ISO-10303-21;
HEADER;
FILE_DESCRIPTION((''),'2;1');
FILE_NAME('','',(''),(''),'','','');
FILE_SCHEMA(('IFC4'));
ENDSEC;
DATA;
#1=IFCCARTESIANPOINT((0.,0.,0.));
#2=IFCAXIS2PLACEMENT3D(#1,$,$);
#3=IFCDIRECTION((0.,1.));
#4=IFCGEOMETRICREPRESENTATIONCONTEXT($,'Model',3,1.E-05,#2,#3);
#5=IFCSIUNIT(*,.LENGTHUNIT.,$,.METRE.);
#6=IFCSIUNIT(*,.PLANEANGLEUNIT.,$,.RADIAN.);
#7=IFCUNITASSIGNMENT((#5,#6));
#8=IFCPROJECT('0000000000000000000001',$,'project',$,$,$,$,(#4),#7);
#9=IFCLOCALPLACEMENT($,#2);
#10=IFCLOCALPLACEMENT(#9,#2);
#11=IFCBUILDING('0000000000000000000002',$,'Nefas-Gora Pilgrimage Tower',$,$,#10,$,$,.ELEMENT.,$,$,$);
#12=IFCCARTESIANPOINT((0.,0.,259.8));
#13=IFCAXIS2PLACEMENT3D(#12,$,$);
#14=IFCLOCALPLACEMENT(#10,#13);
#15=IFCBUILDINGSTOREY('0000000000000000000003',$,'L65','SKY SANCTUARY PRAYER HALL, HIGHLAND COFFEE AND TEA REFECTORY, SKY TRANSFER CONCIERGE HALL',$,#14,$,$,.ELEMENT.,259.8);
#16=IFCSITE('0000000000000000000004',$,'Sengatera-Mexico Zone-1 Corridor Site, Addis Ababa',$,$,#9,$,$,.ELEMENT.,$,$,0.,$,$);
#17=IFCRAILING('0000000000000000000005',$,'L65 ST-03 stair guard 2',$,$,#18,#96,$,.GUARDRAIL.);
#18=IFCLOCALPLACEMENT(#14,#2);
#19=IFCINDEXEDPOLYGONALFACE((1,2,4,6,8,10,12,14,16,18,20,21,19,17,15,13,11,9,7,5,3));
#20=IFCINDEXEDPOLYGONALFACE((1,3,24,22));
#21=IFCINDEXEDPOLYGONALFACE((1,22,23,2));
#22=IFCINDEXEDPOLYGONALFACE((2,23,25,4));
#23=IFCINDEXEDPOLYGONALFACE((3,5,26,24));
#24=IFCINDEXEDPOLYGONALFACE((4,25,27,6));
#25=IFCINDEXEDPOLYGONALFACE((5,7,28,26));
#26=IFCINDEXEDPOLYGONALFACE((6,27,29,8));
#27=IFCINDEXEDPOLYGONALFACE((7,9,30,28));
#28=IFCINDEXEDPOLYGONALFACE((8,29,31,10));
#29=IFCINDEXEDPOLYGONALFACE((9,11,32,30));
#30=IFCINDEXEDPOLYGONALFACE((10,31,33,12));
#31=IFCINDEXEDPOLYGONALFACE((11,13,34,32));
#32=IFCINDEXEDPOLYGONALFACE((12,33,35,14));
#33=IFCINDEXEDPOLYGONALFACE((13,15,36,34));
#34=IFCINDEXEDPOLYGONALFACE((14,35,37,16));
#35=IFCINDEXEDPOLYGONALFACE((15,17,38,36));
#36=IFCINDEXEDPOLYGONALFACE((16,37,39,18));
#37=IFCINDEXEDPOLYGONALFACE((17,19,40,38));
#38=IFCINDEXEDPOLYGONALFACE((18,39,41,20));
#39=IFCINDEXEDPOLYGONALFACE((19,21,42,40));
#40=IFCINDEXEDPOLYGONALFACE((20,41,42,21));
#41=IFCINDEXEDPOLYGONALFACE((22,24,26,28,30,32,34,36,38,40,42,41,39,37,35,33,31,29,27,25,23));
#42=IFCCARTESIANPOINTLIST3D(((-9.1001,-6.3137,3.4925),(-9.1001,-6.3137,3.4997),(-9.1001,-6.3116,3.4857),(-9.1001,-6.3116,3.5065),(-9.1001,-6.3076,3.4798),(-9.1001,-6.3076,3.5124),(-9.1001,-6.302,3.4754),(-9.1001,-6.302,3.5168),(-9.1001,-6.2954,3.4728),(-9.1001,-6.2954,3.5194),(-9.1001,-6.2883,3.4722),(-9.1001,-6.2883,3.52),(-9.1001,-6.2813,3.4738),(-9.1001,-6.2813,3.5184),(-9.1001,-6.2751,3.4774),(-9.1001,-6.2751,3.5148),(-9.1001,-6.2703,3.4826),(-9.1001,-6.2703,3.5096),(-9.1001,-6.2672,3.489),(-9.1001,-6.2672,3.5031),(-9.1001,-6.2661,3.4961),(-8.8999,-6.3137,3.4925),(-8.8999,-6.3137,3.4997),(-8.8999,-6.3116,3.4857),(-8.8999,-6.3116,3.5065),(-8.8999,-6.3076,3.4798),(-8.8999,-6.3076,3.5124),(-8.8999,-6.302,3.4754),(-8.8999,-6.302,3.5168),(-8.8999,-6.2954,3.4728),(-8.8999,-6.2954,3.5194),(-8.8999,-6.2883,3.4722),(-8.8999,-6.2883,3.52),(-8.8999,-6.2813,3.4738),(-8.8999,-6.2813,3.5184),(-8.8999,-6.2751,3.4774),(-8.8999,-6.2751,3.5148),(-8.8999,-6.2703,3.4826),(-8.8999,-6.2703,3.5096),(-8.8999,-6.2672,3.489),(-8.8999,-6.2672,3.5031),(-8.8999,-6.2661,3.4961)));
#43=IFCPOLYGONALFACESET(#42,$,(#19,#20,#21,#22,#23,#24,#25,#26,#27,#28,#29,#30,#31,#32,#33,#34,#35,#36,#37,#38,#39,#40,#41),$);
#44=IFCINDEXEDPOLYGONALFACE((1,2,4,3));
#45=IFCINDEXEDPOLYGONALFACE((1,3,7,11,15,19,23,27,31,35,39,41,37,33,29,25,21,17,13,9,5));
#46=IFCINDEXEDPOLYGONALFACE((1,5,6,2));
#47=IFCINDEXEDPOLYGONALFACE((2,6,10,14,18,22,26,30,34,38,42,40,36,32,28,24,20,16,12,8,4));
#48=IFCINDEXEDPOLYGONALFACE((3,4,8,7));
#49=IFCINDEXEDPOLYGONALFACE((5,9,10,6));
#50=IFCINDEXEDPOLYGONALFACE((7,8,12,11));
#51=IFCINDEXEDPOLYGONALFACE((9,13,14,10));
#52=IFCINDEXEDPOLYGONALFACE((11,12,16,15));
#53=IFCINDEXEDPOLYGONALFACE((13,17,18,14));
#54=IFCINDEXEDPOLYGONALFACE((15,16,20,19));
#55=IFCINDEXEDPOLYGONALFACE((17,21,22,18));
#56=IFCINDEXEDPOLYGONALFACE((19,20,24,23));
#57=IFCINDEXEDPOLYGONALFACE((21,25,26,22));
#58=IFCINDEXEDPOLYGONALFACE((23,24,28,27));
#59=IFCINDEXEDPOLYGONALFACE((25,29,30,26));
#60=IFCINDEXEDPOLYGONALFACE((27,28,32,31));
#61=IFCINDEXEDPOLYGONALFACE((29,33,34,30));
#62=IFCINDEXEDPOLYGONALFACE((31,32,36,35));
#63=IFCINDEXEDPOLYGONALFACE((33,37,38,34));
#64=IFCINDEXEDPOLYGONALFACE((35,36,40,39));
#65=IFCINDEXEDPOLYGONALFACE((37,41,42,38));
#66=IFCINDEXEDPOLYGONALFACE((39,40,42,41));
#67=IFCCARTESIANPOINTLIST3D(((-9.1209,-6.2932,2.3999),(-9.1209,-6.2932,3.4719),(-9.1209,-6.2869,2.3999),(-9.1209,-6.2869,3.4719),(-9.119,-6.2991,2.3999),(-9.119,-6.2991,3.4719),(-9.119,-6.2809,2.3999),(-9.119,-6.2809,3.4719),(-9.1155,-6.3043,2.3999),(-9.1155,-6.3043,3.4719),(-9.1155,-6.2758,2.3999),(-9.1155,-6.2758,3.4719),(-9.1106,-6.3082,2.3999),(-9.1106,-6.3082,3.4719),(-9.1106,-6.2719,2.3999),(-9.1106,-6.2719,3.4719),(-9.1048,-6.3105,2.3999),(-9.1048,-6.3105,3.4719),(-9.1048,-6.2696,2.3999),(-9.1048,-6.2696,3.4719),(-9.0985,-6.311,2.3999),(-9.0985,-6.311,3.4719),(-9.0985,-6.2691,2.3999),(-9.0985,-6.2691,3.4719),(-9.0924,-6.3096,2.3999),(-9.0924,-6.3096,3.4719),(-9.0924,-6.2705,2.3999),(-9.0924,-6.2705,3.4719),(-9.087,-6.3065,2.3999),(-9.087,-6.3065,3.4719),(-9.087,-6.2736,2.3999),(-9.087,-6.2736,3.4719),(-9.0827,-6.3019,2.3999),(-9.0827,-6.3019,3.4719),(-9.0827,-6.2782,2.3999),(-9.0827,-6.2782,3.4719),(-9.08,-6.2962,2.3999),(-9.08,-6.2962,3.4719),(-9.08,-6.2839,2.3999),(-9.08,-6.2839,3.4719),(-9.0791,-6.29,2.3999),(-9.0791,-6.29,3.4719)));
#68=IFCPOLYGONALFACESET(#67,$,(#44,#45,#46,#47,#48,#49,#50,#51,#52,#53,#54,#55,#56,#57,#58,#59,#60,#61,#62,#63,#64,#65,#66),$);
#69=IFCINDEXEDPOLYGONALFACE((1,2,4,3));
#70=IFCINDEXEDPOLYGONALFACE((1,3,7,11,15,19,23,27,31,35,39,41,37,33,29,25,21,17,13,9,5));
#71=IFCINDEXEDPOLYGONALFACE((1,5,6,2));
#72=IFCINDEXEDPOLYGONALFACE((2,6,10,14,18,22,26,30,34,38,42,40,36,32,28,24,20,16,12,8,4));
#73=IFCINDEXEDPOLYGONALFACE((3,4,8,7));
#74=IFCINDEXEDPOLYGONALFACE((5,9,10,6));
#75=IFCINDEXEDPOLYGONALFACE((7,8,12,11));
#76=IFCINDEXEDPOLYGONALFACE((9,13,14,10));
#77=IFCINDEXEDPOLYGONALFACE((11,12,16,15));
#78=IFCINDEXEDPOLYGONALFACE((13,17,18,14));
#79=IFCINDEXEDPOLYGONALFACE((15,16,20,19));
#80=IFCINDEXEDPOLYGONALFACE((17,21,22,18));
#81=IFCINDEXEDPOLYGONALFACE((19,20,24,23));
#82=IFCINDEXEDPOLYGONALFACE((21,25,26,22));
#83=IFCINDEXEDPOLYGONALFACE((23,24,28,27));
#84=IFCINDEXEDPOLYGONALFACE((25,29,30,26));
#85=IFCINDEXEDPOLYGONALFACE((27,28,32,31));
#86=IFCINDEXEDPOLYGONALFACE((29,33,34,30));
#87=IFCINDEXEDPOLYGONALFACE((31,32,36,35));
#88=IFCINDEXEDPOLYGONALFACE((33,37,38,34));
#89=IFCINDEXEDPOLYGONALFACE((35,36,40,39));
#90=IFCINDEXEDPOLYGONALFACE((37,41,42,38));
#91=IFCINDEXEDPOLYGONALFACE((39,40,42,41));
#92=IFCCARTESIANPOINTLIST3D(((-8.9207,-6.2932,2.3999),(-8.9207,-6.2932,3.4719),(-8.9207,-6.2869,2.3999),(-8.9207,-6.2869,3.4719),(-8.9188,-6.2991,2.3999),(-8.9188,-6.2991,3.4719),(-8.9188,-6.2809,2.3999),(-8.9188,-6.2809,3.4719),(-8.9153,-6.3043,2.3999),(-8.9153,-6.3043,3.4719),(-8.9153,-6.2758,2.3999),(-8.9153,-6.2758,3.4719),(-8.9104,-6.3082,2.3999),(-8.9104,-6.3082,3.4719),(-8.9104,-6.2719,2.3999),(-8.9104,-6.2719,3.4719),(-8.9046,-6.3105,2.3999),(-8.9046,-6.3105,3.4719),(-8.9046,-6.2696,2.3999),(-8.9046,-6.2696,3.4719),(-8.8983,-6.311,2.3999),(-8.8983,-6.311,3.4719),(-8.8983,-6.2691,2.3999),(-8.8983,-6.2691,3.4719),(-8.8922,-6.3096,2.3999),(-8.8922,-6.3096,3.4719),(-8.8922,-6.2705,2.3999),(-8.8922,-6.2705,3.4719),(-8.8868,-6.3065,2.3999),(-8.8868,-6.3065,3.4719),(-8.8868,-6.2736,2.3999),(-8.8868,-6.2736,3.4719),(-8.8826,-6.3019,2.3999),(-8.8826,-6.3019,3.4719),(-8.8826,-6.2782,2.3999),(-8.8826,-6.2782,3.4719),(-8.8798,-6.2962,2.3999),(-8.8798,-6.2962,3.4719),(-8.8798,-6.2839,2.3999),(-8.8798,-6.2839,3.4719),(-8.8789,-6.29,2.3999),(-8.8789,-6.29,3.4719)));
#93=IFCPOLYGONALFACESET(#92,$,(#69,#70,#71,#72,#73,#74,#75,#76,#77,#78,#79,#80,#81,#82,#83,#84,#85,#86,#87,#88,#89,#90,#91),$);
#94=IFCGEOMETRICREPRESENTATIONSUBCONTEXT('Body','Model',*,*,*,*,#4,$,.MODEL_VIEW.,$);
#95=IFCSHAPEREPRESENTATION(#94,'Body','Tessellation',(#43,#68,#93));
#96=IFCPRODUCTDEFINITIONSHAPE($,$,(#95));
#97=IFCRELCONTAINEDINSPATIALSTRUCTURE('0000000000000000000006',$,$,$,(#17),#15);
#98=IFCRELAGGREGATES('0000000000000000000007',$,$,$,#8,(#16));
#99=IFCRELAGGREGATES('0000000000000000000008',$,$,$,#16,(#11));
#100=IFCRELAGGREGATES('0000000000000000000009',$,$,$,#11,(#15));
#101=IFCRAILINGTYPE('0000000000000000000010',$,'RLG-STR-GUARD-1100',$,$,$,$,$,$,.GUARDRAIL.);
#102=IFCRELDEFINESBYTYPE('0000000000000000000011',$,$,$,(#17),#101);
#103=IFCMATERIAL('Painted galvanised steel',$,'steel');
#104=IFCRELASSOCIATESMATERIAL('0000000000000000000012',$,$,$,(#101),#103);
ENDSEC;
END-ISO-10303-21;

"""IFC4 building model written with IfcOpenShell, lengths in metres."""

from ifc_helpers import new_model, si_unit, direction, frame, origin, origin_2d, place, context, subcontext, project, spatial, circle, extrude, material, type_object, element, save


model = new_model("IFC4")

# Units and contexts
model_context = context("Model", 3, precision=1e-05, world=origin(), true_north=direction((0.0, 1.0)))
body_context = subcontext(model_context, "Body", "Model", "MODEL_VIEW")
ifc_project = project(units=[si_unit("LENGTHUNIT", "METRE"), si_unit("PLANEANGLEUNIT", "RADIAN")], contexts=[model_context])

# Site, building, storey
site_placement = place(None, origin())
site = spatial("IfcSite", under=ifc_project, at=site_placement, Name="Sengatera-Mexico Zone-1 Corridor Site, Addis Ababa", CompositionType="ELEMENT", RefElevation=0.0)
building_placement = place(site_placement, origin())
building = spatial("IfcBuilding", under=site, at=building_placement, Name="Nefas-Gora Pilgrimage Tower", CompositionType="ELEMENT")
storey_placement = place(building_placement, frame((0.0, 0.0, 259.8)))
storey = spatial("IfcBuildingStorey", under=building, at=storey_placement, Name="L65", Description="SKY SANCTUARY PRAYER HALL, HIGHLAND COFFEE AND TEA REFECTORY, SKY TRANSFER CONCIERGE HALL", CompositionType="ELEMENT", Elevation=259.8)

# Railing
ifc_material_1 = material(Name="Painted galvanised steel", Category="steel")
railing_type_1 = type_object("IfcRailingType", Name="RLG-STR-GUARD-1100", PredefinedType="GUARDRAIL", material=ifc_material_1)
railing_1_placement = place(storey_placement, frame((-9.1001, -6.29, 2.3999)))
element("IfcRailing", 1, at=railing_1_placement, inside=storey, type_object=railing_type_1, Name="L65 ST-03 stair guard 2", PredefinedType="GUARDRAIL", context=body_context, shape_type="SweptSolid", body=[
    extrude(circle(Radius=0.0239, at=origin_2d()), frame((0.0, 0.0, 1.0962), z_axis=(1.0, 0.0, 0.0), x_axis=(0.0, 1.0, 0.0)), (0.0, 0.0, 1.0), 0.2002),
    extrude(circle(Radius=0.021, at=origin_2d()), origin(), (0.0, 0.0, 1.0), 1.072),
    extrude(circle(Radius=0.021, at=origin_2d()), frame((0.2002, 0.0, 0.0)), (0.0, 0.0, 1.0), 1.072),
])

save(model, "model.ifc")
